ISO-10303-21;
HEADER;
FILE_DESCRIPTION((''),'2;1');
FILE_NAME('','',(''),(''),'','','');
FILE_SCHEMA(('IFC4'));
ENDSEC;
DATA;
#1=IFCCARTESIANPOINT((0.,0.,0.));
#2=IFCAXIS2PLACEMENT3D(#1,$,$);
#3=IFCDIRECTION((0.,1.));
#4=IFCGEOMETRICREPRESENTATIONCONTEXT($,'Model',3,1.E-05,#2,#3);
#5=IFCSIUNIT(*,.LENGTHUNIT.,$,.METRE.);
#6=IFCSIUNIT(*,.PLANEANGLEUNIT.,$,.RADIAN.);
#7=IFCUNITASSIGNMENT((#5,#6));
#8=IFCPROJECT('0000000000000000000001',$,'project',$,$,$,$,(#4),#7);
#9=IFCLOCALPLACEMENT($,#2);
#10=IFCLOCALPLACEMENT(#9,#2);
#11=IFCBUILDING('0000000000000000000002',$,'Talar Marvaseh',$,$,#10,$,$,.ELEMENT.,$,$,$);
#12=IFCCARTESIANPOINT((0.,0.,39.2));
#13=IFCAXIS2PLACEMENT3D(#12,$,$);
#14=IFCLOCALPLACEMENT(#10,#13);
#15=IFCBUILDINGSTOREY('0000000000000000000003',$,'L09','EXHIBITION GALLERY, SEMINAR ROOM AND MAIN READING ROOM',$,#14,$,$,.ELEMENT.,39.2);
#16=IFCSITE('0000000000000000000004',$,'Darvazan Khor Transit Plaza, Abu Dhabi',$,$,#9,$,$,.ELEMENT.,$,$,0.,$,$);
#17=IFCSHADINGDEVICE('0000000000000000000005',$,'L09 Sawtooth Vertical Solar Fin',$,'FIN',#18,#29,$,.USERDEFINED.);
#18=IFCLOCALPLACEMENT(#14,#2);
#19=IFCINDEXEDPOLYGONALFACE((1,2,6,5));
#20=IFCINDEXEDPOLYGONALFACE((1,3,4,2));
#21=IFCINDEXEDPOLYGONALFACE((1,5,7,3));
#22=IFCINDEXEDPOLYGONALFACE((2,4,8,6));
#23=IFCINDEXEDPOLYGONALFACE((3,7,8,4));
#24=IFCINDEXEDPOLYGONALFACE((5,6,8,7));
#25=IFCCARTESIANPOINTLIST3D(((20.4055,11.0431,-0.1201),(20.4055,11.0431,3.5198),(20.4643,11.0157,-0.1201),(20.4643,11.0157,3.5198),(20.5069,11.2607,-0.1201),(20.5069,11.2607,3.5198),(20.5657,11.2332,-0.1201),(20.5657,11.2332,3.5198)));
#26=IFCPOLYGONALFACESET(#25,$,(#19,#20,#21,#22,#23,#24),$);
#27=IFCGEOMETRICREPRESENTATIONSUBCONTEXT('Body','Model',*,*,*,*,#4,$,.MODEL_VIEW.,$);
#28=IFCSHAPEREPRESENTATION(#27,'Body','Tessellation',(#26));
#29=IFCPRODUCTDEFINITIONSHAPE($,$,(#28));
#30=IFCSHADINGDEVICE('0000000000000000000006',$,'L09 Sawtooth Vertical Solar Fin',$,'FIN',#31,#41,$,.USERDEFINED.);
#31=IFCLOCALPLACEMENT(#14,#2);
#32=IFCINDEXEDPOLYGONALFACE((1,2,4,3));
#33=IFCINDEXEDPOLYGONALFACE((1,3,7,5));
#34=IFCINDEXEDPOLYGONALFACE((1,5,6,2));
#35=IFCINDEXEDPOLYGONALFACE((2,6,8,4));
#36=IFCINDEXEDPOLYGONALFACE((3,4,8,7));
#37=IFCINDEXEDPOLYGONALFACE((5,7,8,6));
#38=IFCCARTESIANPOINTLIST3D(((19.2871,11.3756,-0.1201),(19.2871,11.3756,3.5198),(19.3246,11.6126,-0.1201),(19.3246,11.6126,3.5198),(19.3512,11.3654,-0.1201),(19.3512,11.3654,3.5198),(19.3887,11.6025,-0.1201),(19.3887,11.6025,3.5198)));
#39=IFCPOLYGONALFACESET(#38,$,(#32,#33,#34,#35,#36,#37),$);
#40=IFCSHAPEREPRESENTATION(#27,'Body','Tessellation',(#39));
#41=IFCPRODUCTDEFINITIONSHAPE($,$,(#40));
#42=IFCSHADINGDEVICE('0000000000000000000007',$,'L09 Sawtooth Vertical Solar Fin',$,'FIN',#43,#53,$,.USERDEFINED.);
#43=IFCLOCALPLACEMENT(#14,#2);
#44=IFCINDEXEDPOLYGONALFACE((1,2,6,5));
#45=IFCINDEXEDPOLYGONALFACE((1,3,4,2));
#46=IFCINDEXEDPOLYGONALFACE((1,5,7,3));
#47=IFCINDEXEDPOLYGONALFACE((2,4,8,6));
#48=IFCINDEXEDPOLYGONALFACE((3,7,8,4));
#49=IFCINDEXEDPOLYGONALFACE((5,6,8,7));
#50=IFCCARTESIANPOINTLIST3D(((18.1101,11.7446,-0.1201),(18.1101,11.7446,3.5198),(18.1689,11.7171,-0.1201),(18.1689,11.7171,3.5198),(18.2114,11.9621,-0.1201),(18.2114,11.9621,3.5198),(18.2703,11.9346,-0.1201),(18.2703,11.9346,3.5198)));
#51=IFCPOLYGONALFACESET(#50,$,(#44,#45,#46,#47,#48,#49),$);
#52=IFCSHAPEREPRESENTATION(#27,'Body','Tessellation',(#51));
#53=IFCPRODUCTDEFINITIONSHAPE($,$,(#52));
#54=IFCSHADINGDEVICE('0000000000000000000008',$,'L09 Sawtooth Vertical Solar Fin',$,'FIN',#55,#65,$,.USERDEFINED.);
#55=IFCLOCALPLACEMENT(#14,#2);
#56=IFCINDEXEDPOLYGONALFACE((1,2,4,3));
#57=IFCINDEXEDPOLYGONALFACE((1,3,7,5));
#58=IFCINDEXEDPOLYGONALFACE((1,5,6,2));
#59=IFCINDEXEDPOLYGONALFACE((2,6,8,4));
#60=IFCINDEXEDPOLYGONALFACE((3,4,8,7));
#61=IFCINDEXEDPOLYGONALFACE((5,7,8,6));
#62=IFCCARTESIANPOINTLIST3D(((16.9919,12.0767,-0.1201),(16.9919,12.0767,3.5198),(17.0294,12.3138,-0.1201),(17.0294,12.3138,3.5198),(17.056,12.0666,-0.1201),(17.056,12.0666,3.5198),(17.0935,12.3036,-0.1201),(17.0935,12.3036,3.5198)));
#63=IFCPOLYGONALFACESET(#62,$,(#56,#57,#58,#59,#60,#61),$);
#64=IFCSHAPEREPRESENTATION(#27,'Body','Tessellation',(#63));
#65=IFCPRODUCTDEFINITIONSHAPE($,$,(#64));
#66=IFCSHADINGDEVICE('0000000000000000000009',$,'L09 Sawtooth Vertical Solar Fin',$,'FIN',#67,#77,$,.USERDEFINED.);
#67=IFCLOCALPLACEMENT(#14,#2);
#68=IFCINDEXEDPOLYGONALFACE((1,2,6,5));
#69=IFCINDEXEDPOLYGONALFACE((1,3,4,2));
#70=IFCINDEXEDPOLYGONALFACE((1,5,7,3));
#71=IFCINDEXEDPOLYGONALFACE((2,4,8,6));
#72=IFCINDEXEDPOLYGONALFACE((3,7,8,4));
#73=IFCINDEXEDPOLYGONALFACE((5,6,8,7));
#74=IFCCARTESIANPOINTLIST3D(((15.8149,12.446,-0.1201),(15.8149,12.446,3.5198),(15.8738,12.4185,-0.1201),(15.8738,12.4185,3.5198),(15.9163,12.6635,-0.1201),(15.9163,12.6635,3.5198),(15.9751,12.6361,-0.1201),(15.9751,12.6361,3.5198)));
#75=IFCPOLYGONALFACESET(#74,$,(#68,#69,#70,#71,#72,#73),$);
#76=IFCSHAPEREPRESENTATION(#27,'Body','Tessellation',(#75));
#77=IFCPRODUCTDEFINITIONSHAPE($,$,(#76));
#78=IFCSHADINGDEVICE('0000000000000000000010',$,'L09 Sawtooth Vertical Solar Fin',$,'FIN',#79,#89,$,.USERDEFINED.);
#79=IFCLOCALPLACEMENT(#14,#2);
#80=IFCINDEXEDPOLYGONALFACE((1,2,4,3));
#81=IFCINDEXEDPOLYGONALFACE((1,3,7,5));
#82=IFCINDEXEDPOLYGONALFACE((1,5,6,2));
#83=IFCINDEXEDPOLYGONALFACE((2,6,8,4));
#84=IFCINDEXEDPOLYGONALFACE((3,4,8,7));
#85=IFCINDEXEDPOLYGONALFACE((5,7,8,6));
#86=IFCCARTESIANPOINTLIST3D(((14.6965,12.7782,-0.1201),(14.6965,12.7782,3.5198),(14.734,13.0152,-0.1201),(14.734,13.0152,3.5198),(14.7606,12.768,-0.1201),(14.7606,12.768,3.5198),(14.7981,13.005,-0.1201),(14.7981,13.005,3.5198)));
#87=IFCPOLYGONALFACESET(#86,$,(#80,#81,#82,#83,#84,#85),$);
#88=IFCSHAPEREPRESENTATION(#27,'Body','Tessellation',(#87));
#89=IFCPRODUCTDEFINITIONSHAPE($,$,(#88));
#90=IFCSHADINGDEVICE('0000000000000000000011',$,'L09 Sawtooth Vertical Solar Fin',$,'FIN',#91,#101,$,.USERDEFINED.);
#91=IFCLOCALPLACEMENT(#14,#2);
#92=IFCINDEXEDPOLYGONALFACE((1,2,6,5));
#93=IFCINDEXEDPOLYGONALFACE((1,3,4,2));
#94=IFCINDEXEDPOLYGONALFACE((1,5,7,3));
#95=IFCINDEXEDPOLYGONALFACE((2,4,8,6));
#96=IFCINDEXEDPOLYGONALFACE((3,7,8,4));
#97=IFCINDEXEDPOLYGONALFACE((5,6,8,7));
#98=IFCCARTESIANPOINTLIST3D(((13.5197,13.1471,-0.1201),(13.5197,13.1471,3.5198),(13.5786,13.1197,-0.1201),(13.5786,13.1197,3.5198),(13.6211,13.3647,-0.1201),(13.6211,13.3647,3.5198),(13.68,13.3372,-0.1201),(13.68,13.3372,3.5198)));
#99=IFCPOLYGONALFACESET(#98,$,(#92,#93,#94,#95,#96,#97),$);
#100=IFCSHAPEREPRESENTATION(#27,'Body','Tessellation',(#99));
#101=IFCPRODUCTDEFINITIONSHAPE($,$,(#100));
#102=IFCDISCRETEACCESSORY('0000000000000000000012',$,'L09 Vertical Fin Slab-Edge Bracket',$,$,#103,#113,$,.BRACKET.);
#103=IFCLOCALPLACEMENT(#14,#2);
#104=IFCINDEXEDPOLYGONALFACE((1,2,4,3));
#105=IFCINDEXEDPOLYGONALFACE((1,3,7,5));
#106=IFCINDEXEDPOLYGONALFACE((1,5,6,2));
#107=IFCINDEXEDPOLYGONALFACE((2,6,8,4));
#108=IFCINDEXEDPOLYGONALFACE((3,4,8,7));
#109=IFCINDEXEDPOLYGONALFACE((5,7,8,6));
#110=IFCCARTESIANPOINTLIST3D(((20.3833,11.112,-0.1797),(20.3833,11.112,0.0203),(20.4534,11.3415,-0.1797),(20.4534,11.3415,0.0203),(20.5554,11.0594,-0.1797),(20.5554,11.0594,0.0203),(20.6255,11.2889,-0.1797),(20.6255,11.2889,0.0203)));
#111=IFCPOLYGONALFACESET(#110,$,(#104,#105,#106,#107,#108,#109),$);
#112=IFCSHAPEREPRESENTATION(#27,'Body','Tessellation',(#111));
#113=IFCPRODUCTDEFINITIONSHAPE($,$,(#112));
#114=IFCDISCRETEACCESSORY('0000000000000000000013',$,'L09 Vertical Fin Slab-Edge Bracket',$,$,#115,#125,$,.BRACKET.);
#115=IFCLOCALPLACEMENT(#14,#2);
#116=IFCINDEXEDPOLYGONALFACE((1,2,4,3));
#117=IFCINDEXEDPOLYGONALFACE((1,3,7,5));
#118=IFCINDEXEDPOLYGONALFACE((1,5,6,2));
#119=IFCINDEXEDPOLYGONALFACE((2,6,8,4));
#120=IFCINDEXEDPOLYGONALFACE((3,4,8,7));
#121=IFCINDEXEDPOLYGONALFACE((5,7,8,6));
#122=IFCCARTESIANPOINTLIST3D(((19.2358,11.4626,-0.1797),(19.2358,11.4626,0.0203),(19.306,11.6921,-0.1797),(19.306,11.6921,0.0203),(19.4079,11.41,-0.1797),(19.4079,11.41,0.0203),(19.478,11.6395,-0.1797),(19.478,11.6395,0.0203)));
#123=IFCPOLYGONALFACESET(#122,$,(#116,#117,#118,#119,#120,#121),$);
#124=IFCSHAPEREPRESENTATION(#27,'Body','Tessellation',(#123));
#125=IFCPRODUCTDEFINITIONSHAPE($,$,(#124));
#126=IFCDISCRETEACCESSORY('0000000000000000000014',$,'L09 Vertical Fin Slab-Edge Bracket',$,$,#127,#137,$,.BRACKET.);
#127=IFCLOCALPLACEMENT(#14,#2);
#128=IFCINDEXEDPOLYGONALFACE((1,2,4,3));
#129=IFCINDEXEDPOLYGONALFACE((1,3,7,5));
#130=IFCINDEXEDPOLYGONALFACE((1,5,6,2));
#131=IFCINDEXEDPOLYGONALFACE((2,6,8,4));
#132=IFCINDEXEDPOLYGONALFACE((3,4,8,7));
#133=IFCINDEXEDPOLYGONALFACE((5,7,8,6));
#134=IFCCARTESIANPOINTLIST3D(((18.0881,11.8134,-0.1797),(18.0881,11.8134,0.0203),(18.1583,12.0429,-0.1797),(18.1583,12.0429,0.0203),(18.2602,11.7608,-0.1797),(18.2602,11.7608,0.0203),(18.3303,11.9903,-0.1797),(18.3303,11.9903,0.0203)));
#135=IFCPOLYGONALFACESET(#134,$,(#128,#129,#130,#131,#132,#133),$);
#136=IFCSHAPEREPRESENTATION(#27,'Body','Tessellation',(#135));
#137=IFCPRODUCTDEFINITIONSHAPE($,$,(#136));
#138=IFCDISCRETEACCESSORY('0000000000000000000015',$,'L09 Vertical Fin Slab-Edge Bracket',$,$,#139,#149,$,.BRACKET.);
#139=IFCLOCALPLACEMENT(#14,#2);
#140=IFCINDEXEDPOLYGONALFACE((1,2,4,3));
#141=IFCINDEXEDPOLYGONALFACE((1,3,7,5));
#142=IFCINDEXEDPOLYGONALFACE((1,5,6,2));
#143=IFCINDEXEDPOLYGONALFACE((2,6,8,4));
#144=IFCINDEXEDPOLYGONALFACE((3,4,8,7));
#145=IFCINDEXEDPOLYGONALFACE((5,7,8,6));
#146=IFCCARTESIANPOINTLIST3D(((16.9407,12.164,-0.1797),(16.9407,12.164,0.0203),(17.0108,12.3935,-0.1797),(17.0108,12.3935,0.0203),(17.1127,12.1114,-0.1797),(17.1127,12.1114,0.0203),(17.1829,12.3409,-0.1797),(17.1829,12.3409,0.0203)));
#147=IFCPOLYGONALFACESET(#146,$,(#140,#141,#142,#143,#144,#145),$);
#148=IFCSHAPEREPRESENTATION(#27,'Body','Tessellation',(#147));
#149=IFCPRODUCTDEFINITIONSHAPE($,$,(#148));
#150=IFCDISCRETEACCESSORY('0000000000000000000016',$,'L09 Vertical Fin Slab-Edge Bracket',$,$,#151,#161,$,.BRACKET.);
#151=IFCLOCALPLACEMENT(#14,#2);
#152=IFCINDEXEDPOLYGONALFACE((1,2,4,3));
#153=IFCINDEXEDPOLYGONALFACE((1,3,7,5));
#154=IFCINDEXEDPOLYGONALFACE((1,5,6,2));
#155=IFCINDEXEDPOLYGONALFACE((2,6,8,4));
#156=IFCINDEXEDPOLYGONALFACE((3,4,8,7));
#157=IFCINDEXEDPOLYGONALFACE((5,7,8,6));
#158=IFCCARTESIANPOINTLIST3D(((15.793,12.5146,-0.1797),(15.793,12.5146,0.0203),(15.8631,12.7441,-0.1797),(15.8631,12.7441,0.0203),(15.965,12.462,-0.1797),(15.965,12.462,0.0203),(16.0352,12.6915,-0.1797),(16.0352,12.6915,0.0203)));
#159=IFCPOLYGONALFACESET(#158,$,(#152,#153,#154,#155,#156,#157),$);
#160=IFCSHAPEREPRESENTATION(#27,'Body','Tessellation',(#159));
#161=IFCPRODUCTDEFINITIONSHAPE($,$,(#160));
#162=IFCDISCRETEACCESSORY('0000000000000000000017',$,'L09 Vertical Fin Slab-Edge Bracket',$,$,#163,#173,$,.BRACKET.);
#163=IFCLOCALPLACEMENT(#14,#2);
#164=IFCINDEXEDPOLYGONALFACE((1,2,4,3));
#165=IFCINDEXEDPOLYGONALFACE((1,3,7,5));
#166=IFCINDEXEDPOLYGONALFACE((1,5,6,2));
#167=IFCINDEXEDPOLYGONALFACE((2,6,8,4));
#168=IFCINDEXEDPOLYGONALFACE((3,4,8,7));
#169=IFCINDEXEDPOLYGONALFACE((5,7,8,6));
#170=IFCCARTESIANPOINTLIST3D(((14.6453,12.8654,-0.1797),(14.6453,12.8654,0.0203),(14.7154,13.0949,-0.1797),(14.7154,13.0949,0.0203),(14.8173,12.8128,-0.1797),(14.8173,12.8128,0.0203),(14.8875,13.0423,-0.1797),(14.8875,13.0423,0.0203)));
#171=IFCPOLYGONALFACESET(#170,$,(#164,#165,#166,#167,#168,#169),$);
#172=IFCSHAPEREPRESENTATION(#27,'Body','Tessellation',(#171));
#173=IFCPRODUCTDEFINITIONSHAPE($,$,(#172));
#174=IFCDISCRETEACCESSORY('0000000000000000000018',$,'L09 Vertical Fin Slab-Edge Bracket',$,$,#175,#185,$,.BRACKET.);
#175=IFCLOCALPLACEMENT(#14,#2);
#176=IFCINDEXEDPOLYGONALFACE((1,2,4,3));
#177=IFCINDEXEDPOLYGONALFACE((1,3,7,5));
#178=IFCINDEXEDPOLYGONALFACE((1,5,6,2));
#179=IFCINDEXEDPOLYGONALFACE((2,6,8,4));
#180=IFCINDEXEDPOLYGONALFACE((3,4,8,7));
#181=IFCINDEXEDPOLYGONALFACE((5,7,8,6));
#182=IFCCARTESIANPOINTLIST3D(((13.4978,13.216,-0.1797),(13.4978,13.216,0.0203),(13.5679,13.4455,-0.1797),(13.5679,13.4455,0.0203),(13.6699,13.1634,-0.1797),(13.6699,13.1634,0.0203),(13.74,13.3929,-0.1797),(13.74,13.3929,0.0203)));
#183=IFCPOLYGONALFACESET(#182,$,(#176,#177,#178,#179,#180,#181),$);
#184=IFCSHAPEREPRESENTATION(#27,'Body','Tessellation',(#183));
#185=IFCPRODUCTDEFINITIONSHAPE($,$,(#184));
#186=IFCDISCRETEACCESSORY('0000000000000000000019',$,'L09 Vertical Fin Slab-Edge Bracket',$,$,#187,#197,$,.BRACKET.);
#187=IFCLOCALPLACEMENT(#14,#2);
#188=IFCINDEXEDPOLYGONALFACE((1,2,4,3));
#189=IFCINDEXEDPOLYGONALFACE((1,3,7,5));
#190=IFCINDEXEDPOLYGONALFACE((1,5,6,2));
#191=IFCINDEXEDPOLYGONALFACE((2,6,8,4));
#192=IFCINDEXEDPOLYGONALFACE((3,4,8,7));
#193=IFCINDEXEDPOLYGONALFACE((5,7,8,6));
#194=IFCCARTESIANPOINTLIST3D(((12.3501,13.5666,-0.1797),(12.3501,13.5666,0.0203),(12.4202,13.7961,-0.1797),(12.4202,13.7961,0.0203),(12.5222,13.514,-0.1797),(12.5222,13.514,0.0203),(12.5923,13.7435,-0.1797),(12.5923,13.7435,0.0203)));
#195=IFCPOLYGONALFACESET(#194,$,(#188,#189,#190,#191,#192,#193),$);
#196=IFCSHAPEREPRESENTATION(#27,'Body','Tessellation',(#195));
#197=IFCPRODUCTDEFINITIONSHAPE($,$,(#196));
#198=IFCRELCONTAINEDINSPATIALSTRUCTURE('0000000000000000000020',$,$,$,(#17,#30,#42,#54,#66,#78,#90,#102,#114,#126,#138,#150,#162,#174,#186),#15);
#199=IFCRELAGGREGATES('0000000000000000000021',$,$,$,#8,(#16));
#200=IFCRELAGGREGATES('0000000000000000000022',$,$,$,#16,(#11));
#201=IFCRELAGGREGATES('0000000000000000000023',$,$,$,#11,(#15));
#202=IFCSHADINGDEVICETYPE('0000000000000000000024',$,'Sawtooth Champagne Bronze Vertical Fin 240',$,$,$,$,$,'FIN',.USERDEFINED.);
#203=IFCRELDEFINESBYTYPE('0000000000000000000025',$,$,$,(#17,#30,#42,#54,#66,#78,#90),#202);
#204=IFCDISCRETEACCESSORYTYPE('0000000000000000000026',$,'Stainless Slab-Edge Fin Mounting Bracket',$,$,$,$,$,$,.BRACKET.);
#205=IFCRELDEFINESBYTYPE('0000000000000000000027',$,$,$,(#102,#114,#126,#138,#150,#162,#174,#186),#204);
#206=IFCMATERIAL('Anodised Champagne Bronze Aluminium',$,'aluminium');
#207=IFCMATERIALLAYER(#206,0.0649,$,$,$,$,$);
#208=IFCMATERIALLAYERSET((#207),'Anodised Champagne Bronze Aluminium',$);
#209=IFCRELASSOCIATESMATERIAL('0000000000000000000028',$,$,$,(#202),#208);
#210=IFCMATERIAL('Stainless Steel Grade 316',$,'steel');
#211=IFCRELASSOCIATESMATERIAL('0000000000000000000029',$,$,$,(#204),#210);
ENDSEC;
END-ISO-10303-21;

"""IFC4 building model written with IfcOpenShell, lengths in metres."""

from ifc_helpers import new_model, si_unit, direction, frame, origin, origin_2d, place, context, subcontext, project, spatial, rectangle, extrude, source, transform, mapped, material, layer, layer_set, type_object, type_shapes, element, save


model = new_model("IFC4")

# Units and contexts
model_context = context("Model", 3, precision=1e-05, world=origin(), true_north=direction((0.0, 1.0)))
body_context = subcontext(model_context, "Body", "Model", "MODEL_VIEW")
ifc_project = project(units=[si_unit("LENGTHUNIT", "METRE"), si_unit("PLANEANGLEUNIT", "RADIAN")], contexts=[model_context])

# Site, building, storey
site_placement = place(None, origin())
site = spatial("IfcSite", under=ifc_project, at=site_placement, Name="Darvazan Khor Transit Plaza, Abu Dhabi", CompositionType="ELEMENT", RefElevation=0.0)
building_placement = place(site_placement, origin())
building = spatial("IfcBuilding", under=site, at=building_placement, Name="Talar Marvaseh", CompositionType="ELEMENT")
storey_placement = place(building_placement, frame((0.0, 0.0, 39.2)))
storey = spatial("IfcBuildingStorey", under=building, at=storey_placement, Name="L09", Description="EXHIBITION GALLERY, SEMINAR ROOM AND MAIN READING ROOM", CompositionType="ELEMENT", Elevation=39.2)

# Shading devices
ifc_material_1 = material(Name="Anodised Champagne Bronze Aluminium", Category="aluminium")
ifc_layer_1 = layer(ifc_material_1, 0.0649)
ifc_layer_set_1 = layer_set([ifc_layer_1], Name="Anodised Champagne Bronze Aluminium")
shading_device_type = type_object("IfcShadingDeviceType", Name="Sawtooth Champagne Bronze Vertical Fin 240", ElementType="FIN", PredefinedType="USERDEFINED", material=ifc_layer_set_1)
shared_shape_1 = source(origin(), body_context, "Body", "SweptSolid", [
    extrude(rectangle(XDim=0.24, YDim=0.0649, at=origin_2d()), origin(), (0.0, 0.0, 1.0), 3.6399),
])
type_shapes(shading_device_type, [shared_shape_1])
for number, where, z_axis, x_axis, name in (
    (1, (20.4856, 11.1382, -0.1201), (0.0, 0.0, 1.0), (-0.42246, -0.906382, 0.0), "L09 Sawtooth Vertical Solar Fin"),
    (2, (19.3379, 11.489, -0.1201), (0.0, 0.0, 1.0), (-0.156262, -0.987716, 0.0), "L09 Sawtooth Vertical Solar Fin"),
    (3, (18.1902, 11.8396, -0.1201), (0.0, 0.0, 1.0), (-0.42246, -0.906382, 0.0), "L09 Sawtooth Vertical Solar Fin"),
    (4, (17.0427, 12.1902, -0.1201), (0.0, 0.0, 1.0), (-0.156262, -0.987716, 0.0), "L09 Sawtooth Vertical Solar Fin"),
    (5, (15.895, 12.541, -0.1201), (0.0, 0.0, 1.0), (-0.42246, -0.906382, 0.0), "L09 Sawtooth Vertical Solar Fin"),
    (6, (14.7473, 12.8916, -0.1201), (0.0, 0.0, 1.0), (-0.156262, -0.987716, 0.0), "L09 Sawtooth Vertical Solar Fin"),
    (7, (13.5999, 13.2422, -0.1201), (0.0, 0.0, 1.0), (-0.42246, -0.906382, 0.0), "L09 Sawtooth Vertical Solar Fin"),
):
    element("IfcShadingDevice", number, at=place(storey_placement, frame(where, z_axis=z_axis, x_axis=x_axis)), inside=storey, type_object=shading_device_type, Name=name, ObjectType="FIN", PredefinedType="USERDEFINED", context=body_context, shape_type="MappedRepresentation", body=[
        mapped(shared_shape_1, transform((0.0, 0.0, 0.0), x_axis=(1.0, 0.0, 0.0), y_axis=(0.0, 1.0, 0.0), z_axis=(0.0, 0.0, 1.0), scale=1.0)),
    ])

# Discrete accessories
ifc_material_2 = material(Name="Stainless Steel Grade 316", Category="steel")
discrete_accessory_type = type_object("IfcDiscreteAccessoryType", Name="Stainless Slab-Edge Fin Mounting Bracket", PredefinedType="BRACKET", material=ifc_material_2)
shared_shape_2 = source(origin(), body_context, "Body", "SweptSolid", [
    extrude(rectangle(XDim=0.24, YDim=0.1799, at=origin_2d()), origin(), (0.0, 0.0, 1.0), 0.2),
])
type_shapes(discrete_accessory_type, [shared_shape_2])
for number, where, z_axis, x_axis, name in (
    (8, (20.5044, 11.2004, -0.1797), (0.0, 0.0, 1.0), (-0.292205, -0.956356, 0.0), "L09 Vertical Fin Slab-Edge Bracket"),
    (9, (19.3569, 11.551, -0.1797), (0.0, 0.0, 1.0), (-0.292205, -0.956356, 0.0), "L09 Vertical Fin Slab-Edge Bracket"),
    (10, (18.2092, 11.9019, -0.1797), (0.0, 0.0, 1.0), (-0.292205, -0.956356, 0.0), "L09 Vertical Fin Slab-Edge Bracket"),
    (11, (17.0618, 12.2524, -0.1797), (0.0, 0.0, 1.0), (-0.292205, -0.956356, 0.0), "L09 Vertical Fin Slab-Edge Bracket"),
    (12, (15.9141, 12.603, -0.1797), (0.0, 0.0, 1.0), (-0.292205, -0.956356, 0.0), "L09 Vertical Fin Slab-Edge Bracket"),
    (13, (14.7664, 12.9539, -0.1797), (0.0, 0.0, 1.0), (-0.292205, -0.956356, 0.0), "L09 Vertical Fin Slab-Edge Bracket"),
    (14, (13.6189, 13.3044, -0.1797), (0.0, 0.0, 1.0), (-0.292205, -0.956356, 0.0), "L09 Vertical Fin Slab-Edge Bracket"),
    (15, (12.4712, 13.655, -0.1797), (0.0, 0.0, 1.0), (-0.292205, -0.956356, 0.0), "L09 Vertical Fin Slab-Edge Bracket"),
):
    element("IfcDiscreteAccessory", number, at=place(storey_placement, frame(where, z_axis=z_axis, x_axis=x_axis)), inside=storey, type_object=discrete_accessory_type, Name=name, PredefinedType="BRACKET", context=body_context, shape_type="MappedRepresentation", body=[
        mapped(shared_shape_2, transform((0.0, 0.0, 0.0), x_axis=(1.0, 0.0, 0.0), y_axis=(0.0, 1.0, 0.0), z_axis=(0.0, 0.0, 1.0), scale=1.0)),
    ])

save(model, "model.ifc")
